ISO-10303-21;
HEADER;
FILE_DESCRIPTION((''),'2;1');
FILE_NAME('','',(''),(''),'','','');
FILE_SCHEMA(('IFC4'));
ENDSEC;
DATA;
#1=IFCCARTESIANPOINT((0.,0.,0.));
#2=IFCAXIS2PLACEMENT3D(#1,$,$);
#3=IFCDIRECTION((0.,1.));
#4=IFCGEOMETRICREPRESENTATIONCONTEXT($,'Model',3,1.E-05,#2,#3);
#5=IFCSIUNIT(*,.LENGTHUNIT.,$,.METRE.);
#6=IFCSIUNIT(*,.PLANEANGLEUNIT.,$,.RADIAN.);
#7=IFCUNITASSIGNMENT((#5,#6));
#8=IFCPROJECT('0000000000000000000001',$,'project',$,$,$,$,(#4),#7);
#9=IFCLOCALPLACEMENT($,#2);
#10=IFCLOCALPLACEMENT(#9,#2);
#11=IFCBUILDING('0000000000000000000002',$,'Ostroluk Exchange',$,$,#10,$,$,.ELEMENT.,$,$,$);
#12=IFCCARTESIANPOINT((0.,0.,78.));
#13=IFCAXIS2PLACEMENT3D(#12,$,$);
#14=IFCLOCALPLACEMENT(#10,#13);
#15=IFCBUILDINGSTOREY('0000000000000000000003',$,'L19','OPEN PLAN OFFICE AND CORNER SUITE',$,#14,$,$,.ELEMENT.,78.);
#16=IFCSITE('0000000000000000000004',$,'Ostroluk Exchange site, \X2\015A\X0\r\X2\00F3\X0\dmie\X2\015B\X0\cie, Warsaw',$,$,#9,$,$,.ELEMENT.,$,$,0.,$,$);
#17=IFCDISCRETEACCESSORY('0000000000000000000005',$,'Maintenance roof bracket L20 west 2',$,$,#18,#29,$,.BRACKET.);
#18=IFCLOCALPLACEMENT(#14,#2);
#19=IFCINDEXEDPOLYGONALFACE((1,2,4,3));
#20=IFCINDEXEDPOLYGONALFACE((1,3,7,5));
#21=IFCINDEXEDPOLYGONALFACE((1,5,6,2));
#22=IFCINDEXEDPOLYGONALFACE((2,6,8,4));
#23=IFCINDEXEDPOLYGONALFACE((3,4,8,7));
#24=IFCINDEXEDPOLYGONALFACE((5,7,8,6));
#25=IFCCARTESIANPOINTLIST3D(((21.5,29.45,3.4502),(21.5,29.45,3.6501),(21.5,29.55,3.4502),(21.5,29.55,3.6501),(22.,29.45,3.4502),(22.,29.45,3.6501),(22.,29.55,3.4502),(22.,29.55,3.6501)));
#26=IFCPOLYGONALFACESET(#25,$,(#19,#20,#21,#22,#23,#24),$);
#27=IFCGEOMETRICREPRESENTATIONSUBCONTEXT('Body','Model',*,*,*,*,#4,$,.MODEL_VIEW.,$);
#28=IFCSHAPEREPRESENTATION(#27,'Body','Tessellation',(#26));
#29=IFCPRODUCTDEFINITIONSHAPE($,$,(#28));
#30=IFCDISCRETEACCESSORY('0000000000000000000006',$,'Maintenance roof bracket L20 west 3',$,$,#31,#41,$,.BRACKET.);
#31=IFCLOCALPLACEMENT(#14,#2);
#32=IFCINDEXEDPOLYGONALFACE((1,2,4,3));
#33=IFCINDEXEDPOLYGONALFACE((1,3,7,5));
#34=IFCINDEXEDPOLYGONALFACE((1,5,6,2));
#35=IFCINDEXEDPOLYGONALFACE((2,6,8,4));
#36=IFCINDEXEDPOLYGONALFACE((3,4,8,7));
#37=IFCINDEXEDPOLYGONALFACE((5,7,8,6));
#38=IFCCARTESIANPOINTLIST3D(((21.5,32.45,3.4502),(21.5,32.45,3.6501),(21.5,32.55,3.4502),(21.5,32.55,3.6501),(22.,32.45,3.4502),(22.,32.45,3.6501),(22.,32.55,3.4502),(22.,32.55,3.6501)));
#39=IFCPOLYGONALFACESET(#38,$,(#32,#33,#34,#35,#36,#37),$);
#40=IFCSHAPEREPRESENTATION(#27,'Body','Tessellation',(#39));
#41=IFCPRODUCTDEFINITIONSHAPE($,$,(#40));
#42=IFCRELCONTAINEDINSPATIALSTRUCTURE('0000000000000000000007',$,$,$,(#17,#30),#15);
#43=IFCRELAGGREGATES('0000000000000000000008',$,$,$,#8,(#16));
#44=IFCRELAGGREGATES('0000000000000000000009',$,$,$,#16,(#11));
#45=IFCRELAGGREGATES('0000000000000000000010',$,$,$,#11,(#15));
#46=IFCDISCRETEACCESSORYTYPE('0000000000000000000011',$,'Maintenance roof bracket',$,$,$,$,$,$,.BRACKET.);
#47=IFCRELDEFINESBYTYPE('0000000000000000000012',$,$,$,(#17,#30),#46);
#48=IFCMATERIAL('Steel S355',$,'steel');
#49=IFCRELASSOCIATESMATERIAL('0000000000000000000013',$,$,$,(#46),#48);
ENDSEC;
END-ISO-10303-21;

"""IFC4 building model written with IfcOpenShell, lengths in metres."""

from ifc_helpers import new_model, si_unit, direction, frame, origin, origin_2d, place, context, subcontext, project, spatial, rectangle, extrude, material, type_object, element, save


model = new_model("IFC4")

# Units and contexts
model_context = context("Model", 3, precision=1e-05, world=origin(), true_north=direction((0.0, 1.0)))
body_context = subcontext(model_context, "Body", "Model", "MODEL_VIEW")
ifc_project = project(units=[si_unit("LENGTHUNIT", "METRE"), si_unit("PLANEANGLEUNIT", "RADIAN")], contexts=[model_context])

# Site, building, storey
site_placement = place(None, origin())
site = spatial("IfcSite", under=ifc_project, at=site_placement, Name="Ostroluk Exchange site, Śródmieście, Warsaw", CompositionType="ELEMENT", RefElevation=0.0)
building_placement = place(site_placement, origin())
building = spatial("IfcBuilding", under=site, at=building_placement, Name="Ostroluk Exchange", CompositionType="ELEMENT")
storey_placement = place(building_placement, frame((0.0, 0.0, 78.0)))
storey = spatial("IfcBuildingStorey", under=building, at=storey_placement, Name="L19", Description="OPEN PLAN OFFICE AND CORNER SUITE", CompositionType="ELEMENT", Elevation=78.0)

# Discrete accessories
ifc_material_1 = material(Name="Steel S355", Category="steel")
discrete_accessory_type = type_object("IfcDiscreteAccessoryType", Name="Maintenance roof bracket", PredefinedType="BRACKET", material=ifc_material_1)
for number, where, z_axis, x_axis, name in (
    (1, (21.75, 29.5, 3.4502), (0.0, 0.0, 1.0), (1.0, 0.0, 0.0), "Maintenance roof bracket L20 west 2"),
    (2, (21.75, 32.5, 3.4502), (0.0, 0.0, 1.0), (1.0, 0.0, 0.0), "Maintenance roof bracket L20 west 3"),
):
    element("IfcDiscreteAccessory", number, at=place(storey_placement, frame(where, z_axis=z_axis, x_axis=x_axis)), inside=storey, type_object=discrete_accessory_type, Name=name, PredefinedType="BRACKET", context=body_context, shape_type="SweptSolid", body=[
        extrude(rectangle(XDim=0.5, YDim=0.1001, at=origin_2d()), origin(), (0.0, 0.0, 1.0), 0.2),
    ])

save(model, "model.ifc")
